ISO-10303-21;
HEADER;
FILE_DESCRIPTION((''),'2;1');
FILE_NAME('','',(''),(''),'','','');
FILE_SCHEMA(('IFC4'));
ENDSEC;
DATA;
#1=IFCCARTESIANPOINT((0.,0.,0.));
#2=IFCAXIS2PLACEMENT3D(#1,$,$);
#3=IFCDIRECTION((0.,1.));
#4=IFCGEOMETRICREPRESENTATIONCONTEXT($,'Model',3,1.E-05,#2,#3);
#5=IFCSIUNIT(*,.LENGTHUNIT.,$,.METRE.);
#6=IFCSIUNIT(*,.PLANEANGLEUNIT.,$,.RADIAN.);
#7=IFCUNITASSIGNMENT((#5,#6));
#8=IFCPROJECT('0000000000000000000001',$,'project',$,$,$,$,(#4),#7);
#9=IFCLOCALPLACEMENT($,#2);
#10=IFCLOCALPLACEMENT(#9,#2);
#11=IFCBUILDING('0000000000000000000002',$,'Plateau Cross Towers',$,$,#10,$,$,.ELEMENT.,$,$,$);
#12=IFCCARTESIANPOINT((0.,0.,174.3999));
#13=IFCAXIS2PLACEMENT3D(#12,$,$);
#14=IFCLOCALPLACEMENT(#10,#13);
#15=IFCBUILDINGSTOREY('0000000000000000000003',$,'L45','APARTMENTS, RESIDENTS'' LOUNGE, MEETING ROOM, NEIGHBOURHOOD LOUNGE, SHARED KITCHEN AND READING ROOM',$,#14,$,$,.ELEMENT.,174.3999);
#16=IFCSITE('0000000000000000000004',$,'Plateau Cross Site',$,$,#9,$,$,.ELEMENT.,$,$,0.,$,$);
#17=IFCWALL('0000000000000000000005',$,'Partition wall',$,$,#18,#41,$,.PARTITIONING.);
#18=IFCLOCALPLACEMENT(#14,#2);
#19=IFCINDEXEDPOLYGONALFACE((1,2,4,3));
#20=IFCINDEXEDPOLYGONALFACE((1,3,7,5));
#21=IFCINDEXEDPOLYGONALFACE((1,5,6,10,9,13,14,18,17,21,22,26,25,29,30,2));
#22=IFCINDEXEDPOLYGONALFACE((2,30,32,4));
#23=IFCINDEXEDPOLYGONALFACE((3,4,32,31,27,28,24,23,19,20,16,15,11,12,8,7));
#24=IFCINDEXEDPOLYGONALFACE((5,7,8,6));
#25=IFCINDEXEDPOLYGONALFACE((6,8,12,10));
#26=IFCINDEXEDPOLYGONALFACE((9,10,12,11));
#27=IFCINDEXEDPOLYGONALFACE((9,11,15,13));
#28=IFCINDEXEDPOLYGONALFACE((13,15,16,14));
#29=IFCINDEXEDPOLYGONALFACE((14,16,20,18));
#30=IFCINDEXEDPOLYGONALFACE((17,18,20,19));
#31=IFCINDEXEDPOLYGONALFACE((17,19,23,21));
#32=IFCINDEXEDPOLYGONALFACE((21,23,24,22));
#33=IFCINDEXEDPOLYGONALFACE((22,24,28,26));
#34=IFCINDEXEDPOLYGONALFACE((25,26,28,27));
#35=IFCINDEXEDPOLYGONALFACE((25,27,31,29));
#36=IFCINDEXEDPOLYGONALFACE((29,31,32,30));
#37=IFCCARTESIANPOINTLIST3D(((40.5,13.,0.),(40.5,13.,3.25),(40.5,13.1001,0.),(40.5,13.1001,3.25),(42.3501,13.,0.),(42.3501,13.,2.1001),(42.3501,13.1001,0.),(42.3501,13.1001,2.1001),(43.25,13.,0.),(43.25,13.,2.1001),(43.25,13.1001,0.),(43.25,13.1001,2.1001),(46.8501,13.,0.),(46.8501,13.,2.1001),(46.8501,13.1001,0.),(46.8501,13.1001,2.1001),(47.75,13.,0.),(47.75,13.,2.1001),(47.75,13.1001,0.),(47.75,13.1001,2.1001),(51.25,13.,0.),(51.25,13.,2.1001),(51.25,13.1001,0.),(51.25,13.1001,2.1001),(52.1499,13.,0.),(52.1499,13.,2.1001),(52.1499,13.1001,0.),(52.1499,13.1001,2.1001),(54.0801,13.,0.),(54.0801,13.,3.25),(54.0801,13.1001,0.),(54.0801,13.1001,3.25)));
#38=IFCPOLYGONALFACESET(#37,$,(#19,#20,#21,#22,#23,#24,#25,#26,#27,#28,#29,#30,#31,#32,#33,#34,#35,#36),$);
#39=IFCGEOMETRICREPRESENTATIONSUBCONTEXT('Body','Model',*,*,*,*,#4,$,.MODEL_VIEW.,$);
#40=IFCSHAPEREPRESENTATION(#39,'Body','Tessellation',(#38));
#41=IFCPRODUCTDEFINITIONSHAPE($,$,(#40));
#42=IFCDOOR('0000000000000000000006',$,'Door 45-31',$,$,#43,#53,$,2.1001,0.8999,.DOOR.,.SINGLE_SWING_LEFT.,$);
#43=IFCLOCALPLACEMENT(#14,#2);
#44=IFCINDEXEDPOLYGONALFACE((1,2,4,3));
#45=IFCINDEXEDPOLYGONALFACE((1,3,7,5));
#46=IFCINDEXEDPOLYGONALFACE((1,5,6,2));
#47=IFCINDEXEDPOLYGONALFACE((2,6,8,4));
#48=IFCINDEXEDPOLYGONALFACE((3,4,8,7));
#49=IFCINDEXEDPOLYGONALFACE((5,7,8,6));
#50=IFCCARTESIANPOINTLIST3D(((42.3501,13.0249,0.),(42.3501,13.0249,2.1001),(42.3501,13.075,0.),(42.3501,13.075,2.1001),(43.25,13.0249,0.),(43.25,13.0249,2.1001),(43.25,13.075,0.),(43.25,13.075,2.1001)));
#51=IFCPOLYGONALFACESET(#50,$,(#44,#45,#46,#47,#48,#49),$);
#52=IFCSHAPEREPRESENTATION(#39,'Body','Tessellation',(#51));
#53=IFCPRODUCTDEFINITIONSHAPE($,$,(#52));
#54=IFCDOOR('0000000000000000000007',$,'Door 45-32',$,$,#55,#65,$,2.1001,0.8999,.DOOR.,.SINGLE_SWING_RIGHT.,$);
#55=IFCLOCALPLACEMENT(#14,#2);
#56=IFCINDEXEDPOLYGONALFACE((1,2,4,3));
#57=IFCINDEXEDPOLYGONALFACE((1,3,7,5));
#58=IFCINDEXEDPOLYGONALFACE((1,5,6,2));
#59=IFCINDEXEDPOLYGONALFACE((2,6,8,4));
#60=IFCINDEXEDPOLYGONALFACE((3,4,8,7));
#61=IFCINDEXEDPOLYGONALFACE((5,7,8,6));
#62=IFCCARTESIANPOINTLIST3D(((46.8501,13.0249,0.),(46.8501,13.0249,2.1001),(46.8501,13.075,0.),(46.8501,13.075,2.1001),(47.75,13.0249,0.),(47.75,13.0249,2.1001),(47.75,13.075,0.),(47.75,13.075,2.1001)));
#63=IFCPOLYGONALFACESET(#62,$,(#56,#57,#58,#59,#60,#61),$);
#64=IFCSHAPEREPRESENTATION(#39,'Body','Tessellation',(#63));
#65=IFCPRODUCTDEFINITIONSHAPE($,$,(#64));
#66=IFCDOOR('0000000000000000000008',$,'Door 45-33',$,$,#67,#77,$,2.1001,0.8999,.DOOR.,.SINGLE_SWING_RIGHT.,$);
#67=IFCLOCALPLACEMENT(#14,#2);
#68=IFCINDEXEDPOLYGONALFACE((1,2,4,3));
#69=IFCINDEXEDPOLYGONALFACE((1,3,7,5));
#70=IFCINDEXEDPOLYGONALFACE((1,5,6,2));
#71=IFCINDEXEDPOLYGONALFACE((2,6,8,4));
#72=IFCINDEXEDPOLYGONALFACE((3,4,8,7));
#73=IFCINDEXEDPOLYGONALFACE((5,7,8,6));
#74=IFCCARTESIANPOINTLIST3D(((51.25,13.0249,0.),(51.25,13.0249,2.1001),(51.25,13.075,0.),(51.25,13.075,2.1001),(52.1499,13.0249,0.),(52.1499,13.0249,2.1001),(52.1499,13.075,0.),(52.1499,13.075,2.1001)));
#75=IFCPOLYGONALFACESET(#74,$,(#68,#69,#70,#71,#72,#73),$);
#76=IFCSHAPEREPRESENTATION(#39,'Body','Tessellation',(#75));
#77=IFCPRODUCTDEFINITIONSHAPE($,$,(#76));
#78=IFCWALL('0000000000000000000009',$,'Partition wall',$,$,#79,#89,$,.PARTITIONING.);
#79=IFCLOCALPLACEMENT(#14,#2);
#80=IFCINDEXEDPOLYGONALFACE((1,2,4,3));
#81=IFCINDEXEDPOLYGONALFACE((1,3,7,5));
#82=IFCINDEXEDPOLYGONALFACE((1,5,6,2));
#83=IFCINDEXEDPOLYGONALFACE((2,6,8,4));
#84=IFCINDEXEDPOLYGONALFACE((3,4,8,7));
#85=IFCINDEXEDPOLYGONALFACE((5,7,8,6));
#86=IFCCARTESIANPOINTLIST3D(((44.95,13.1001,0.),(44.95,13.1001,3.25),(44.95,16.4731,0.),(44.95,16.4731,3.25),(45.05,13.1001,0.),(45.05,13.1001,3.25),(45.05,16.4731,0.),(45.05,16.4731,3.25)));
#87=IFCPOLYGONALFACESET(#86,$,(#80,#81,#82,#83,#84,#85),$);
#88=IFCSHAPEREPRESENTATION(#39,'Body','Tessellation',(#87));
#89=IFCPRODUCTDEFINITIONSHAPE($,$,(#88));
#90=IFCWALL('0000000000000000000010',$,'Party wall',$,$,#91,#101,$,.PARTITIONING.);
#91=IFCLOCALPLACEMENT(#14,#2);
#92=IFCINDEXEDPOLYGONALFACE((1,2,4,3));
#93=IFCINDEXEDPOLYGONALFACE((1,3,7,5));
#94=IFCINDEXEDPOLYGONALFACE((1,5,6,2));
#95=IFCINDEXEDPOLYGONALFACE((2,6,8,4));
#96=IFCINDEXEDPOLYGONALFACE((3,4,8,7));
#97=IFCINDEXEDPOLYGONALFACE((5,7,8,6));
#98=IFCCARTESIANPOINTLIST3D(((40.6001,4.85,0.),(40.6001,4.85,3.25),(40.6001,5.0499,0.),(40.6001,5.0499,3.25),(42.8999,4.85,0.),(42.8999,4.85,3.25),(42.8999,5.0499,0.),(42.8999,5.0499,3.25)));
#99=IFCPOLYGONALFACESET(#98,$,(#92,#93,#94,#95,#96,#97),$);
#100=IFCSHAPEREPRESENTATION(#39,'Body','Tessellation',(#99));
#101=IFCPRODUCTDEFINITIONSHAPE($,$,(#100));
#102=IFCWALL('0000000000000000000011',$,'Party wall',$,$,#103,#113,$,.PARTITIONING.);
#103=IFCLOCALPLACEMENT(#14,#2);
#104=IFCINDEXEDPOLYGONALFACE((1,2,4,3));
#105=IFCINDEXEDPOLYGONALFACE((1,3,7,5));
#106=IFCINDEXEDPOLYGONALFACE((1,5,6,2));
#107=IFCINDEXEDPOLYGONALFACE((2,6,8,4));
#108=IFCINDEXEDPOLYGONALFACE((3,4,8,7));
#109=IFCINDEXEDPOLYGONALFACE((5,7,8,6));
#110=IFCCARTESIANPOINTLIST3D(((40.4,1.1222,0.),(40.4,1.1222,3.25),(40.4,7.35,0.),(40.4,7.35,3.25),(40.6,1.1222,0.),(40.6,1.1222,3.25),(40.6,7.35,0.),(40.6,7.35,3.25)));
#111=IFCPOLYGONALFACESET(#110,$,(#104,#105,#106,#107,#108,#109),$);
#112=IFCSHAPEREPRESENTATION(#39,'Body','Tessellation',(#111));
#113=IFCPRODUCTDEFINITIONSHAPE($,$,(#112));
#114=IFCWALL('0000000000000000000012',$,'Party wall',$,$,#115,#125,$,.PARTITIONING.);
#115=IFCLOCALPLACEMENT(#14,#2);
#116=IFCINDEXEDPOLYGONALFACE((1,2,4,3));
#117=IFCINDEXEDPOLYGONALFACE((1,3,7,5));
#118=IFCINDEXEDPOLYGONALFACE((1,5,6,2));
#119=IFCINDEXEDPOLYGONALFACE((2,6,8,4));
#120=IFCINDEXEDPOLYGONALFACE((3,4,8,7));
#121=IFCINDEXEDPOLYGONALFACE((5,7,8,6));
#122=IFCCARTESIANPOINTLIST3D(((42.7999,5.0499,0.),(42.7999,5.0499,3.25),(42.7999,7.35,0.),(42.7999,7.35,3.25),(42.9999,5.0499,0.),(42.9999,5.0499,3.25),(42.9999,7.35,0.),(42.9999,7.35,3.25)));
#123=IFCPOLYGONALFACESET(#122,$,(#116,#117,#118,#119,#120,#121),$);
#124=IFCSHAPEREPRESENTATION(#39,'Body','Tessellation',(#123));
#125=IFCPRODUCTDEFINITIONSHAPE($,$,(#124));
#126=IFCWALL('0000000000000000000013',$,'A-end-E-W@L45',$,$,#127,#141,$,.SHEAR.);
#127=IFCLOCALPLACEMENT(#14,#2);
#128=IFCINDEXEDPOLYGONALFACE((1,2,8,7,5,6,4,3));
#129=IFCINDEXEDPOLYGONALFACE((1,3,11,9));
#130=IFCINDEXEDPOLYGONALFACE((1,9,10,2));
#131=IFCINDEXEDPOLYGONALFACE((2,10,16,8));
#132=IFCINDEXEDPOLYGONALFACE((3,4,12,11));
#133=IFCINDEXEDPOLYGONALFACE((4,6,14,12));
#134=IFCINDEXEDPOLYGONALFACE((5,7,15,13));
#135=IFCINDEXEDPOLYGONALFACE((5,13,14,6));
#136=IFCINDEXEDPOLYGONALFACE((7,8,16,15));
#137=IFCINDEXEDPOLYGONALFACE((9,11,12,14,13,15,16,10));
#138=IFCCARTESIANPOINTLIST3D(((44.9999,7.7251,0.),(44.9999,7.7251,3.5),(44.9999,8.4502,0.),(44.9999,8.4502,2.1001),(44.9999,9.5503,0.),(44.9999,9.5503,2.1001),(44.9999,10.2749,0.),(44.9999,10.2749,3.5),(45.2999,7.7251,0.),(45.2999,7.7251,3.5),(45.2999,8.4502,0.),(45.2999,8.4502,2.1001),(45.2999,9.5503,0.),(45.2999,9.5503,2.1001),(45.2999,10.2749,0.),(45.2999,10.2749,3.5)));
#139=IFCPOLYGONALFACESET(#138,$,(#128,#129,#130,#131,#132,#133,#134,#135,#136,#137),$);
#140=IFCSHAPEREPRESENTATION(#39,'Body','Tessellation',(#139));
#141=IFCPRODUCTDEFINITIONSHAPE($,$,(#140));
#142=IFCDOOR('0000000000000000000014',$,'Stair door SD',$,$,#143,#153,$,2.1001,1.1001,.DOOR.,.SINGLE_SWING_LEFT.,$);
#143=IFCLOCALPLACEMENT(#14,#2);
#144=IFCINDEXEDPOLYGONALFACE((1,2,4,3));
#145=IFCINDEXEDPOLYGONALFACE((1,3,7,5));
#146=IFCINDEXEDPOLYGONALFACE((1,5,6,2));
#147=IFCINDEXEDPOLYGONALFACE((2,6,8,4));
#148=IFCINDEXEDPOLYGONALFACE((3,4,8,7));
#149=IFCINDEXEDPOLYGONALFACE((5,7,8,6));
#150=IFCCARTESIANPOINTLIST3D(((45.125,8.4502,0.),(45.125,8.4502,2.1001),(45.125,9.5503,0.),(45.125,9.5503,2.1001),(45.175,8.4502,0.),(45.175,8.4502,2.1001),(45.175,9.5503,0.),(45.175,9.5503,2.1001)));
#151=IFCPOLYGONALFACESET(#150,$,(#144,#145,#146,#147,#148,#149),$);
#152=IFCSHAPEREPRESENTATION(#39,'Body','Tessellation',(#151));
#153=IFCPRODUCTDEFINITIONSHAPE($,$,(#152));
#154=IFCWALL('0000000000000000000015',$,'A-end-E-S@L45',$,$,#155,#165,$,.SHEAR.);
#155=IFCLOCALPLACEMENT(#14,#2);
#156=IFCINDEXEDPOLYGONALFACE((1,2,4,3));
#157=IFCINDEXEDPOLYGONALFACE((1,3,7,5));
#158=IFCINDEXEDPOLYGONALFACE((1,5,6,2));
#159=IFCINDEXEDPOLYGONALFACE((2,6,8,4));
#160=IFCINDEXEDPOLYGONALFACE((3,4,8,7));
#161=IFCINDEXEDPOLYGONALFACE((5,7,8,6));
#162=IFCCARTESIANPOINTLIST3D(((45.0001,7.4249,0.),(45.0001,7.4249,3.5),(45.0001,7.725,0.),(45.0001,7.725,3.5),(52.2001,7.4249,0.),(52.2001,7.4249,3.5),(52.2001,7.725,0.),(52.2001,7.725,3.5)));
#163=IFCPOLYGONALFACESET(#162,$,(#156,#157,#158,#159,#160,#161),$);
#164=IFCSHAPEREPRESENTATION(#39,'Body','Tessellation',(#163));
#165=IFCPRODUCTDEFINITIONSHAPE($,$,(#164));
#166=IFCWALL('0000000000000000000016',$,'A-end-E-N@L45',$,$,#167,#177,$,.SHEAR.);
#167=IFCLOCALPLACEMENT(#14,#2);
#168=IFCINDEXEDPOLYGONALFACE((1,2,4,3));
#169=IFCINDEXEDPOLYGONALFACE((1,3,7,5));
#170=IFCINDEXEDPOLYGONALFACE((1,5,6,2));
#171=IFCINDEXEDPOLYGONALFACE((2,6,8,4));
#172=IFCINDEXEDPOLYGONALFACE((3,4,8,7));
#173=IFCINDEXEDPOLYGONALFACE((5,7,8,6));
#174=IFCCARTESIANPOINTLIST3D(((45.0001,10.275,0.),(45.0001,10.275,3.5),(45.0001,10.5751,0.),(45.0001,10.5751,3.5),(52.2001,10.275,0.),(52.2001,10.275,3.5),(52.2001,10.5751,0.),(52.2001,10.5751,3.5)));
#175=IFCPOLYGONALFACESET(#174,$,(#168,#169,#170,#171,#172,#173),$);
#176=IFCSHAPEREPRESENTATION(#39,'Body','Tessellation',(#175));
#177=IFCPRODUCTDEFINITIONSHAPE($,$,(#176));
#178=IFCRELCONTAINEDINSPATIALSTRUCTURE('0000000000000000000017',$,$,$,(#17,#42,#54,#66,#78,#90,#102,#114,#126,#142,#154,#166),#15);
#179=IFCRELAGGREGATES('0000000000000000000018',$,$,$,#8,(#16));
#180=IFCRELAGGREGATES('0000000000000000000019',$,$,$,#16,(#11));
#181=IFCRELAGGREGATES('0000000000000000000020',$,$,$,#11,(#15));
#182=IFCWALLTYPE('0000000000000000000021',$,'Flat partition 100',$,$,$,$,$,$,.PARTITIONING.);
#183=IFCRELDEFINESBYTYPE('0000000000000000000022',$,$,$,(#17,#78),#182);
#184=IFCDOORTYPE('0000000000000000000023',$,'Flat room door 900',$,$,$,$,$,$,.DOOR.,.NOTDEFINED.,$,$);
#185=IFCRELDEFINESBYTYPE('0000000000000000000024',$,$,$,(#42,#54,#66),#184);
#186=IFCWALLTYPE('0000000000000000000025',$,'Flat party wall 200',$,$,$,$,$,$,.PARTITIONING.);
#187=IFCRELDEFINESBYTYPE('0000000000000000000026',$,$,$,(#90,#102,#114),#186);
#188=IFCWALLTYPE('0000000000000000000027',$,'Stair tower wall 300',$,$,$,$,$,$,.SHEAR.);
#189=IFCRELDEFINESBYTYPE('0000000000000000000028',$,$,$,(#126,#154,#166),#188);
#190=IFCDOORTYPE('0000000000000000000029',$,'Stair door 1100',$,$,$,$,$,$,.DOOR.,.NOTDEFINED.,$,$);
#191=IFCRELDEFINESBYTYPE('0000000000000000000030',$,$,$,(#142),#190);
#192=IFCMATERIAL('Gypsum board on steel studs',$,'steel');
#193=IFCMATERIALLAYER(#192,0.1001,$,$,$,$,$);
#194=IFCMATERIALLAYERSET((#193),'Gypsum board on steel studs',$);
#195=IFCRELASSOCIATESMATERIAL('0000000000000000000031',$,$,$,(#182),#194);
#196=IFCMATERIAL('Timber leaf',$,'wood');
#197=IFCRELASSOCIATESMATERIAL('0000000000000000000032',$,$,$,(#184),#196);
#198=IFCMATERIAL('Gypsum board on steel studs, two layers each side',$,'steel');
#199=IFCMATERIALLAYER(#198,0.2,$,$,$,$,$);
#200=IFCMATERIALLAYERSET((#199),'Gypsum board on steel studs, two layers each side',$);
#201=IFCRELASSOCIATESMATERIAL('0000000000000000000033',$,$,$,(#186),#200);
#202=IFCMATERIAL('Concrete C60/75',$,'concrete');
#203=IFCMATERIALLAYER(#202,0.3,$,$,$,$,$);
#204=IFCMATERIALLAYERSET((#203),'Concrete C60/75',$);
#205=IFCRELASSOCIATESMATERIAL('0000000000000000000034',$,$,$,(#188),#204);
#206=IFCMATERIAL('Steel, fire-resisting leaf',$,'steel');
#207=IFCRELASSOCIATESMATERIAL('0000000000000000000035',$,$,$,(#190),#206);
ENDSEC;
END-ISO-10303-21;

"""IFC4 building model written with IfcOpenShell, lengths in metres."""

from ifc_helpers import new_model, si_unit, direction, frame, frame_2d, origin, place, context, subcontext, project, spatial, rectangle, extrude, material, layer, layer_set, type_object, element, fill, save


model = new_model("IFC4")

# Units and contexts
model_context = context("Model", 3, precision=1e-05, world=origin(), true_north=direction((0.0, 1.0)))
body_context = subcontext(model_context, "Body", "Model", "MODEL_VIEW")
ifc_project = project(units=[si_unit("LENGTHUNIT", "METRE"), si_unit("PLANEANGLEUNIT", "RADIAN")], contexts=[model_context])

# Site, building, storey
site_placement = place(None, origin())
site = spatial("IfcSite", under=ifc_project, at=site_placement, Name="Plateau Cross Site", CompositionType="ELEMENT", RefElevation=0.0)
building_placement = place(site_placement, origin())
building = spatial("IfcBuilding", under=site, at=building_placement, Name="Plateau Cross Towers", CompositionType="ELEMENT")
storey_placement = place(building_placement, frame((0.0, 0.0, 174.3999)))
storey = spatial("IfcBuildingStorey", under=building, at=storey_placement, Name="L45", Description="APARTMENTS, RESIDENTS' LOUNGE, MEETING ROOM, NEIGHBOURHOOD LOUNGE, SHARED KITCHEN AND READING ROOM", CompositionType="ELEMENT", Elevation=174.3999)

# Shared definitions
ifc_material_1 = material(Name="Gypsum board on steel studs", Category="steel")
ifc_layer_1 = layer(ifc_material_1, 0.1001)
ifc_layer_set_1 = layer_set([ifc_layer_1], Name="Gypsum board on steel studs")
wall_type_1 = type_object("IfcWallType", Name="Flat partition 100", PredefinedType="PARTITIONING", material=ifc_layer_set_1)
ifc_material_2 = material(Name="Timber leaf", Category="wood")
door_type_1 = type_object("IfcDoorType", Name="Flat room door 900", OperationType="NOTDEFINED", PredefinedType="DOOR", material=ifc_material_2)

# Wall, openings, doors
wall_1_placement = place(storey_placement, frame((40.5, 13.05, 0.0), z_axis=(0.0, 0.0, 1.0), x_axis=(1.0, 0.0, 0.0)))
wall_1 = element("IfcWall", 1, at=wall_1_placement, inside=storey, type_object=wall_type_1, Name="Partition wall", PredefinedType="PARTITIONING", context=body_context, shape_type="SweptSolid", body=[
    extrude(rectangle(XDim=13.5801, YDim=0.1001, at=frame_2d((6.79, 0.0))), origin(), (0.0, 0.0, 1.0), 3.25),
])
opening_1_placement = place(wall_1_placement, frame((1.8501, 0.0, 0.0)))
opening_1 = element("IfcOpeningElement", 2, at=opening_1_placement, cuts=wall_1, PredefinedType="OPENING", context=body_context, shape_type="SweptSolid", body=[
    extrude(rectangle(XDim=0.8999, YDim=2.1001, at=frame_2d((0.45, 1.05))), frame((0.0, 0.0601, 0.0), z_axis=(0.0, -1.0, 0.0), x_axis=(1.0, 0.0, 0.0)), (0.0, 0.0, 1.0), 0.1201),
])
opening_2_placement = place(wall_1_placement, frame((6.3501, 0.0, 0.0)))
opening_2 = element("IfcOpeningElement", 3, at=opening_2_placement, cuts=wall_1, PredefinedType="OPENING", context=body_context, shape_type="SweptSolid", body=[
    extrude(rectangle(XDim=0.8999, YDim=2.1001, at=frame_2d((0.45, 1.05))), frame((0.0, 0.0601, 0.0), z_axis=(0.0, -1.0, 0.0), x_axis=(1.0, 0.0, 0.0)), (0.0, 0.0, 1.0), 0.1201),
])
opening_3_placement = place(wall_1_placement, frame((10.75, 0.0, 0.0)))
opening_3 = element("IfcOpeningElement", 4, at=opening_3_placement, cuts=wall_1, PredefinedType="OPENING", context=body_context, shape_type="SweptSolid", body=[
    extrude(rectangle(XDim=0.8999, YDim=2.1001, at=frame_2d((0.45, 1.05))), frame((0.0, 0.0601, 0.0), z_axis=(0.0, -1.0, 0.0), x_axis=(1.0, 0.0, 0.0)), (0.0, 0.0, 1.0), 0.1201),
])
door_1_placement = place(opening_1_placement, origin())
door_1 = element("IfcDoor", 5, at=door_1_placement, inside=storey, type_object=door_type_1, Name="Door 45-31", OperationType="SINGLE_SWING_LEFT", OverallHeight=2.1001, OverallWidth=0.8999, PredefinedType="DOOR", context=body_context, shape_type="SweptSolid", body=[
    extrude(rectangle(XDim=0.8999, YDim=2.1001, at=frame_2d((0.45, 1.05))), frame((0.0, 0.0249, 0.0), z_axis=(0.0, -1.0, 0.0), x_axis=(1.0, 0.0, 0.0)), (0.0, 0.0, 1.0), 0.05),
])
fill(opening_1, door_1)
door_2_placement = place(opening_2_placement, origin())
door_2 = element("IfcDoor", 6, at=door_2_placement, inside=storey, type_object=door_type_1, Name="Door 45-32", OperationType="SINGLE_SWING_RIGHT", OverallHeight=2.1001, OverallWidth=0.8999, PredefinedType="DOOR", context=body_context, shape_type="SweptSolid", body=[
    extrude(rectangle(XDim=0.8999, YDim=2.1001, at=frame_2d((0.45, 1.05))), frame((0.0, 0.0249, 0.0), z_axis=(0.0, -1.0, 0.0), x_axis=(1.0, 0.0, 0.0)), (0.0, 0.0, 1.0), 0.05),
])
fill(opening_2, door_2)
door_3_placement = place(opening_3_placement, origin())
door_3 = element("IfcDoor", 7, at=door_3_placement, inside=storey, type_object=door_type_1, Name="Door 45-33", OperationType="SINGLE_SWING_RIGHT", OverallHeight=2.1001, OverallWidth=0.8999, PredefinedType="DOOR", context=body_context, shape_type="SweptSolid", body=[
    extrude(rectangle(XDim=0.8999, YDim=2.1001, at=frame_2d((0.45, 1.05))), frame((0.0, 0.0249, 0.0), z_axis=(0.0, -1.0, 0.0), x_axis=(1.0, 0.0, 0.0)), (0.0, 0.0, 1.0), 0.05),
])
fill(opening_3, door_3)

# Walls
wall_2_placement = place(storey_placement, frame((45.0, 13.1001, 0.0), z_axis=(0.0, 0.0, 1.0), x_axis=(0.0, 1.0, 0.0)))
element("IfcWall", 8, at=wall_2_placement, inside=storey, type_object=wall_type_1, Name="Partition wall", PredefinedType="PARTITIONING", context=body_context, shape_type="SweptSolid", body=[
    extrude(rectangle(XDim=3.373, YDim=0.1001, at=frame_2d((1.6865, 0.0))), origin(), (0.0, 0.0, 1.0), 3.25),
])
ifc_material_3 = material(Name="Gypsum board on steel studs, two layers each side", Category="steel")
ifc_layer_2 = layer(ifc_material_3, 0.2)
ifc_layer_set_2 = layer_set([ifc_layer_2], Name="Gypsum board on steel studs, two layers each side")
wall_type_2 = type_object("IfcWallType", Name="Flat party wall 200", PredefinedType="PARTITIONING", material=ifc_layer_set_2)
wall_3_placement = place(storey_placement, frame((40.6001, 4.95, 0.0), z_axis=(0.0, 0.0, 1.0), x_axis=(1.0, 0.0, 0.0)))
element("IfcWall", 9, at=wall_3_placement, inside=storey, type_object=wall_type_2, Name="Party wall", PredefinedType="PARTITIONING", context=body_context, shape_type="SweptSolid", body=[
    extrude(rectangle(XDim=2.2998, YDim=0.2, at=frame_2d((1.1499, 0.0))), origin(), (0.0, 0.0, 1.0), 3.25),
])
wall_4_placement = place(storey_placement, frame((40.5, 1.1223, 0.0), z_axis=(0.0, 0.0, 1.0), x_axis=(0.0, 1.0, 0.0)))
element("IfcWall", 10, at=wall_4_placement, inside=storey, type_object=wall_type_2, Name="Party wall", PredefinedType="PARTITIONING", context=body_context, shape_type="SweptSolid", body=[
    extrude(rectangle(XDim=6.2278, YDim=0.2, at=frame_2d((3.1138, 0.0))), origin(), (0.0, 0.0, 1.0), 3.25),
])
wall_5_placement = place(storey_placement, frame((42.8999, 5.05, 0.0), z_axis=(0.0, 0.0, 1.0), x_axis=(0.0, 1.0, 0.0)))
element("IfcWall", 11, at=wall_5_placement, inside=storey, type_object=wall_type_2, Name="Party wall", PredefinedType="PARTITIONING", context=body_context, shape_type="SweptSolid", body=[
    extrude(rectangle(XDim=2.3, YDim=0.2, at=frame_2d((1.1499, 0.0))), origin(), (0.0, 0.0, 1.0), 3.25),
])

# Wall, opening, door
ifc_material_4 = material(Name="Concrete C60/75", Category="concrete")
ifc_layer_3 = layer(ifc_material_4, 0.3)
ifc_layer_set_3 = layer_set([ifc_layer_3], Name="Concrete C60/75")
wall_type_3 = type_object("IfcWallType", Name="Stair tower wall 300", PredefinedType="SHEAR", material=ifc_layer_set_3)
wall_6_placement = place(storey_placement, frame((45.1499, 7.7251, 0.0), z_axis=(0.0, 0.0, 1.0), x_axis=(0.0, 1.0, 0.0)))
wall_6 = element("IfcWall", 12, at=wall_6_placement, inside=storey, type_object=wall_type_3, Name="A-end-E-W@L45", PredefinedType="SHEAR", context=body_context, shape_type="SweptSolid", body=[
    extrude(rectangle(XDim=2.5498, YDim=0.3, at=frame_2d((1.2749, 0.0))), origin(), (0.0, 0.0, 1.0), 3.5),
])
opening_4_placement = place(wall_6_placement, frame((0.7251, 0.0, 0.0)))
opening_4 = element("IfcOpeningElement", 13, at=opening_4_placement, cuts=wall_6, PredefinedType="OPENING", context=body_context, shape_type="SweptSolid", body=[
    extrude(rectangle(XDim=1.1001, YDim=2.1001, at=frame_2d((0.55, 1.05))), frame((0.0, 0.1599, 0.0), z_axis=(0.0, -1.0, 0.0), x_axis=(1.0, 0.0, 0.0)), (0.0, 0.0, 1.0), 0.3201),
])
ifc_material_5 = material(Name="Steel, fire-resisting leaf", Category="steel")
door_type_2 = type_object("IfcDoorType", Name="Stair door 1100", OperationType="NOTDEFINED", PredefinedType="DOOR", material=ifc_material_5)
door_4_placement = place(opening_4_placement, origin())
door_4 = element("IfcDoor", 14, at=door_4_placement, inside=storey, type_object=door_type_2, Name="Stair door SD", OperationType="SINGLE_SWING_LEFT", OverallHeight=2.1001, OverallWidth=1.1001, PredefinedType="DOOR", context=body_context, shape_type="SweptSolid", body=[
    extrude(rectangle(XDim=1.1001, YDim=2.1001, at=frame_2d((0.55, 1.05))), frame((0.0, 0.0249, 0.0), z_axis=(0.0, -1.0, 0.0), x_axis=(1.0, 0.0, 0.0)), (0.0, 0.0, 1.0), 0.05),
])
fill(opening_4, door_4)

# Walls
for number, where, z_axis, x_axis, name in (
    (15, (45.0, 7.575, 0.0), (0.0, 0.0, 1.0), (1.0, 0.0, 0.0), "A-end-E-S@L45"),
    (16, (45.0, 10.425, 0.0), (0.0, 0.0, 1.0), (1.0, 0.0, 0.0), "A-end-E-N@L45"),
):
    element("IfcWall", number, at=place(storey_placement, frame(where, z_axis=z_axis, x_axis=x_axis)), inside=storey, type_object=wall_type_3, Name=name, PredefinedType="SHEAR", context=body_context, shape_type="SweptSolid", body=[
        extrude(rectangle(XDim=7.2, YDim=0.3, at=frame_2d((3.6001, 0.0))), origin(), (0.0, 0.0, 1.0), 3.5),
    ])

save(model, "model.ifc")
